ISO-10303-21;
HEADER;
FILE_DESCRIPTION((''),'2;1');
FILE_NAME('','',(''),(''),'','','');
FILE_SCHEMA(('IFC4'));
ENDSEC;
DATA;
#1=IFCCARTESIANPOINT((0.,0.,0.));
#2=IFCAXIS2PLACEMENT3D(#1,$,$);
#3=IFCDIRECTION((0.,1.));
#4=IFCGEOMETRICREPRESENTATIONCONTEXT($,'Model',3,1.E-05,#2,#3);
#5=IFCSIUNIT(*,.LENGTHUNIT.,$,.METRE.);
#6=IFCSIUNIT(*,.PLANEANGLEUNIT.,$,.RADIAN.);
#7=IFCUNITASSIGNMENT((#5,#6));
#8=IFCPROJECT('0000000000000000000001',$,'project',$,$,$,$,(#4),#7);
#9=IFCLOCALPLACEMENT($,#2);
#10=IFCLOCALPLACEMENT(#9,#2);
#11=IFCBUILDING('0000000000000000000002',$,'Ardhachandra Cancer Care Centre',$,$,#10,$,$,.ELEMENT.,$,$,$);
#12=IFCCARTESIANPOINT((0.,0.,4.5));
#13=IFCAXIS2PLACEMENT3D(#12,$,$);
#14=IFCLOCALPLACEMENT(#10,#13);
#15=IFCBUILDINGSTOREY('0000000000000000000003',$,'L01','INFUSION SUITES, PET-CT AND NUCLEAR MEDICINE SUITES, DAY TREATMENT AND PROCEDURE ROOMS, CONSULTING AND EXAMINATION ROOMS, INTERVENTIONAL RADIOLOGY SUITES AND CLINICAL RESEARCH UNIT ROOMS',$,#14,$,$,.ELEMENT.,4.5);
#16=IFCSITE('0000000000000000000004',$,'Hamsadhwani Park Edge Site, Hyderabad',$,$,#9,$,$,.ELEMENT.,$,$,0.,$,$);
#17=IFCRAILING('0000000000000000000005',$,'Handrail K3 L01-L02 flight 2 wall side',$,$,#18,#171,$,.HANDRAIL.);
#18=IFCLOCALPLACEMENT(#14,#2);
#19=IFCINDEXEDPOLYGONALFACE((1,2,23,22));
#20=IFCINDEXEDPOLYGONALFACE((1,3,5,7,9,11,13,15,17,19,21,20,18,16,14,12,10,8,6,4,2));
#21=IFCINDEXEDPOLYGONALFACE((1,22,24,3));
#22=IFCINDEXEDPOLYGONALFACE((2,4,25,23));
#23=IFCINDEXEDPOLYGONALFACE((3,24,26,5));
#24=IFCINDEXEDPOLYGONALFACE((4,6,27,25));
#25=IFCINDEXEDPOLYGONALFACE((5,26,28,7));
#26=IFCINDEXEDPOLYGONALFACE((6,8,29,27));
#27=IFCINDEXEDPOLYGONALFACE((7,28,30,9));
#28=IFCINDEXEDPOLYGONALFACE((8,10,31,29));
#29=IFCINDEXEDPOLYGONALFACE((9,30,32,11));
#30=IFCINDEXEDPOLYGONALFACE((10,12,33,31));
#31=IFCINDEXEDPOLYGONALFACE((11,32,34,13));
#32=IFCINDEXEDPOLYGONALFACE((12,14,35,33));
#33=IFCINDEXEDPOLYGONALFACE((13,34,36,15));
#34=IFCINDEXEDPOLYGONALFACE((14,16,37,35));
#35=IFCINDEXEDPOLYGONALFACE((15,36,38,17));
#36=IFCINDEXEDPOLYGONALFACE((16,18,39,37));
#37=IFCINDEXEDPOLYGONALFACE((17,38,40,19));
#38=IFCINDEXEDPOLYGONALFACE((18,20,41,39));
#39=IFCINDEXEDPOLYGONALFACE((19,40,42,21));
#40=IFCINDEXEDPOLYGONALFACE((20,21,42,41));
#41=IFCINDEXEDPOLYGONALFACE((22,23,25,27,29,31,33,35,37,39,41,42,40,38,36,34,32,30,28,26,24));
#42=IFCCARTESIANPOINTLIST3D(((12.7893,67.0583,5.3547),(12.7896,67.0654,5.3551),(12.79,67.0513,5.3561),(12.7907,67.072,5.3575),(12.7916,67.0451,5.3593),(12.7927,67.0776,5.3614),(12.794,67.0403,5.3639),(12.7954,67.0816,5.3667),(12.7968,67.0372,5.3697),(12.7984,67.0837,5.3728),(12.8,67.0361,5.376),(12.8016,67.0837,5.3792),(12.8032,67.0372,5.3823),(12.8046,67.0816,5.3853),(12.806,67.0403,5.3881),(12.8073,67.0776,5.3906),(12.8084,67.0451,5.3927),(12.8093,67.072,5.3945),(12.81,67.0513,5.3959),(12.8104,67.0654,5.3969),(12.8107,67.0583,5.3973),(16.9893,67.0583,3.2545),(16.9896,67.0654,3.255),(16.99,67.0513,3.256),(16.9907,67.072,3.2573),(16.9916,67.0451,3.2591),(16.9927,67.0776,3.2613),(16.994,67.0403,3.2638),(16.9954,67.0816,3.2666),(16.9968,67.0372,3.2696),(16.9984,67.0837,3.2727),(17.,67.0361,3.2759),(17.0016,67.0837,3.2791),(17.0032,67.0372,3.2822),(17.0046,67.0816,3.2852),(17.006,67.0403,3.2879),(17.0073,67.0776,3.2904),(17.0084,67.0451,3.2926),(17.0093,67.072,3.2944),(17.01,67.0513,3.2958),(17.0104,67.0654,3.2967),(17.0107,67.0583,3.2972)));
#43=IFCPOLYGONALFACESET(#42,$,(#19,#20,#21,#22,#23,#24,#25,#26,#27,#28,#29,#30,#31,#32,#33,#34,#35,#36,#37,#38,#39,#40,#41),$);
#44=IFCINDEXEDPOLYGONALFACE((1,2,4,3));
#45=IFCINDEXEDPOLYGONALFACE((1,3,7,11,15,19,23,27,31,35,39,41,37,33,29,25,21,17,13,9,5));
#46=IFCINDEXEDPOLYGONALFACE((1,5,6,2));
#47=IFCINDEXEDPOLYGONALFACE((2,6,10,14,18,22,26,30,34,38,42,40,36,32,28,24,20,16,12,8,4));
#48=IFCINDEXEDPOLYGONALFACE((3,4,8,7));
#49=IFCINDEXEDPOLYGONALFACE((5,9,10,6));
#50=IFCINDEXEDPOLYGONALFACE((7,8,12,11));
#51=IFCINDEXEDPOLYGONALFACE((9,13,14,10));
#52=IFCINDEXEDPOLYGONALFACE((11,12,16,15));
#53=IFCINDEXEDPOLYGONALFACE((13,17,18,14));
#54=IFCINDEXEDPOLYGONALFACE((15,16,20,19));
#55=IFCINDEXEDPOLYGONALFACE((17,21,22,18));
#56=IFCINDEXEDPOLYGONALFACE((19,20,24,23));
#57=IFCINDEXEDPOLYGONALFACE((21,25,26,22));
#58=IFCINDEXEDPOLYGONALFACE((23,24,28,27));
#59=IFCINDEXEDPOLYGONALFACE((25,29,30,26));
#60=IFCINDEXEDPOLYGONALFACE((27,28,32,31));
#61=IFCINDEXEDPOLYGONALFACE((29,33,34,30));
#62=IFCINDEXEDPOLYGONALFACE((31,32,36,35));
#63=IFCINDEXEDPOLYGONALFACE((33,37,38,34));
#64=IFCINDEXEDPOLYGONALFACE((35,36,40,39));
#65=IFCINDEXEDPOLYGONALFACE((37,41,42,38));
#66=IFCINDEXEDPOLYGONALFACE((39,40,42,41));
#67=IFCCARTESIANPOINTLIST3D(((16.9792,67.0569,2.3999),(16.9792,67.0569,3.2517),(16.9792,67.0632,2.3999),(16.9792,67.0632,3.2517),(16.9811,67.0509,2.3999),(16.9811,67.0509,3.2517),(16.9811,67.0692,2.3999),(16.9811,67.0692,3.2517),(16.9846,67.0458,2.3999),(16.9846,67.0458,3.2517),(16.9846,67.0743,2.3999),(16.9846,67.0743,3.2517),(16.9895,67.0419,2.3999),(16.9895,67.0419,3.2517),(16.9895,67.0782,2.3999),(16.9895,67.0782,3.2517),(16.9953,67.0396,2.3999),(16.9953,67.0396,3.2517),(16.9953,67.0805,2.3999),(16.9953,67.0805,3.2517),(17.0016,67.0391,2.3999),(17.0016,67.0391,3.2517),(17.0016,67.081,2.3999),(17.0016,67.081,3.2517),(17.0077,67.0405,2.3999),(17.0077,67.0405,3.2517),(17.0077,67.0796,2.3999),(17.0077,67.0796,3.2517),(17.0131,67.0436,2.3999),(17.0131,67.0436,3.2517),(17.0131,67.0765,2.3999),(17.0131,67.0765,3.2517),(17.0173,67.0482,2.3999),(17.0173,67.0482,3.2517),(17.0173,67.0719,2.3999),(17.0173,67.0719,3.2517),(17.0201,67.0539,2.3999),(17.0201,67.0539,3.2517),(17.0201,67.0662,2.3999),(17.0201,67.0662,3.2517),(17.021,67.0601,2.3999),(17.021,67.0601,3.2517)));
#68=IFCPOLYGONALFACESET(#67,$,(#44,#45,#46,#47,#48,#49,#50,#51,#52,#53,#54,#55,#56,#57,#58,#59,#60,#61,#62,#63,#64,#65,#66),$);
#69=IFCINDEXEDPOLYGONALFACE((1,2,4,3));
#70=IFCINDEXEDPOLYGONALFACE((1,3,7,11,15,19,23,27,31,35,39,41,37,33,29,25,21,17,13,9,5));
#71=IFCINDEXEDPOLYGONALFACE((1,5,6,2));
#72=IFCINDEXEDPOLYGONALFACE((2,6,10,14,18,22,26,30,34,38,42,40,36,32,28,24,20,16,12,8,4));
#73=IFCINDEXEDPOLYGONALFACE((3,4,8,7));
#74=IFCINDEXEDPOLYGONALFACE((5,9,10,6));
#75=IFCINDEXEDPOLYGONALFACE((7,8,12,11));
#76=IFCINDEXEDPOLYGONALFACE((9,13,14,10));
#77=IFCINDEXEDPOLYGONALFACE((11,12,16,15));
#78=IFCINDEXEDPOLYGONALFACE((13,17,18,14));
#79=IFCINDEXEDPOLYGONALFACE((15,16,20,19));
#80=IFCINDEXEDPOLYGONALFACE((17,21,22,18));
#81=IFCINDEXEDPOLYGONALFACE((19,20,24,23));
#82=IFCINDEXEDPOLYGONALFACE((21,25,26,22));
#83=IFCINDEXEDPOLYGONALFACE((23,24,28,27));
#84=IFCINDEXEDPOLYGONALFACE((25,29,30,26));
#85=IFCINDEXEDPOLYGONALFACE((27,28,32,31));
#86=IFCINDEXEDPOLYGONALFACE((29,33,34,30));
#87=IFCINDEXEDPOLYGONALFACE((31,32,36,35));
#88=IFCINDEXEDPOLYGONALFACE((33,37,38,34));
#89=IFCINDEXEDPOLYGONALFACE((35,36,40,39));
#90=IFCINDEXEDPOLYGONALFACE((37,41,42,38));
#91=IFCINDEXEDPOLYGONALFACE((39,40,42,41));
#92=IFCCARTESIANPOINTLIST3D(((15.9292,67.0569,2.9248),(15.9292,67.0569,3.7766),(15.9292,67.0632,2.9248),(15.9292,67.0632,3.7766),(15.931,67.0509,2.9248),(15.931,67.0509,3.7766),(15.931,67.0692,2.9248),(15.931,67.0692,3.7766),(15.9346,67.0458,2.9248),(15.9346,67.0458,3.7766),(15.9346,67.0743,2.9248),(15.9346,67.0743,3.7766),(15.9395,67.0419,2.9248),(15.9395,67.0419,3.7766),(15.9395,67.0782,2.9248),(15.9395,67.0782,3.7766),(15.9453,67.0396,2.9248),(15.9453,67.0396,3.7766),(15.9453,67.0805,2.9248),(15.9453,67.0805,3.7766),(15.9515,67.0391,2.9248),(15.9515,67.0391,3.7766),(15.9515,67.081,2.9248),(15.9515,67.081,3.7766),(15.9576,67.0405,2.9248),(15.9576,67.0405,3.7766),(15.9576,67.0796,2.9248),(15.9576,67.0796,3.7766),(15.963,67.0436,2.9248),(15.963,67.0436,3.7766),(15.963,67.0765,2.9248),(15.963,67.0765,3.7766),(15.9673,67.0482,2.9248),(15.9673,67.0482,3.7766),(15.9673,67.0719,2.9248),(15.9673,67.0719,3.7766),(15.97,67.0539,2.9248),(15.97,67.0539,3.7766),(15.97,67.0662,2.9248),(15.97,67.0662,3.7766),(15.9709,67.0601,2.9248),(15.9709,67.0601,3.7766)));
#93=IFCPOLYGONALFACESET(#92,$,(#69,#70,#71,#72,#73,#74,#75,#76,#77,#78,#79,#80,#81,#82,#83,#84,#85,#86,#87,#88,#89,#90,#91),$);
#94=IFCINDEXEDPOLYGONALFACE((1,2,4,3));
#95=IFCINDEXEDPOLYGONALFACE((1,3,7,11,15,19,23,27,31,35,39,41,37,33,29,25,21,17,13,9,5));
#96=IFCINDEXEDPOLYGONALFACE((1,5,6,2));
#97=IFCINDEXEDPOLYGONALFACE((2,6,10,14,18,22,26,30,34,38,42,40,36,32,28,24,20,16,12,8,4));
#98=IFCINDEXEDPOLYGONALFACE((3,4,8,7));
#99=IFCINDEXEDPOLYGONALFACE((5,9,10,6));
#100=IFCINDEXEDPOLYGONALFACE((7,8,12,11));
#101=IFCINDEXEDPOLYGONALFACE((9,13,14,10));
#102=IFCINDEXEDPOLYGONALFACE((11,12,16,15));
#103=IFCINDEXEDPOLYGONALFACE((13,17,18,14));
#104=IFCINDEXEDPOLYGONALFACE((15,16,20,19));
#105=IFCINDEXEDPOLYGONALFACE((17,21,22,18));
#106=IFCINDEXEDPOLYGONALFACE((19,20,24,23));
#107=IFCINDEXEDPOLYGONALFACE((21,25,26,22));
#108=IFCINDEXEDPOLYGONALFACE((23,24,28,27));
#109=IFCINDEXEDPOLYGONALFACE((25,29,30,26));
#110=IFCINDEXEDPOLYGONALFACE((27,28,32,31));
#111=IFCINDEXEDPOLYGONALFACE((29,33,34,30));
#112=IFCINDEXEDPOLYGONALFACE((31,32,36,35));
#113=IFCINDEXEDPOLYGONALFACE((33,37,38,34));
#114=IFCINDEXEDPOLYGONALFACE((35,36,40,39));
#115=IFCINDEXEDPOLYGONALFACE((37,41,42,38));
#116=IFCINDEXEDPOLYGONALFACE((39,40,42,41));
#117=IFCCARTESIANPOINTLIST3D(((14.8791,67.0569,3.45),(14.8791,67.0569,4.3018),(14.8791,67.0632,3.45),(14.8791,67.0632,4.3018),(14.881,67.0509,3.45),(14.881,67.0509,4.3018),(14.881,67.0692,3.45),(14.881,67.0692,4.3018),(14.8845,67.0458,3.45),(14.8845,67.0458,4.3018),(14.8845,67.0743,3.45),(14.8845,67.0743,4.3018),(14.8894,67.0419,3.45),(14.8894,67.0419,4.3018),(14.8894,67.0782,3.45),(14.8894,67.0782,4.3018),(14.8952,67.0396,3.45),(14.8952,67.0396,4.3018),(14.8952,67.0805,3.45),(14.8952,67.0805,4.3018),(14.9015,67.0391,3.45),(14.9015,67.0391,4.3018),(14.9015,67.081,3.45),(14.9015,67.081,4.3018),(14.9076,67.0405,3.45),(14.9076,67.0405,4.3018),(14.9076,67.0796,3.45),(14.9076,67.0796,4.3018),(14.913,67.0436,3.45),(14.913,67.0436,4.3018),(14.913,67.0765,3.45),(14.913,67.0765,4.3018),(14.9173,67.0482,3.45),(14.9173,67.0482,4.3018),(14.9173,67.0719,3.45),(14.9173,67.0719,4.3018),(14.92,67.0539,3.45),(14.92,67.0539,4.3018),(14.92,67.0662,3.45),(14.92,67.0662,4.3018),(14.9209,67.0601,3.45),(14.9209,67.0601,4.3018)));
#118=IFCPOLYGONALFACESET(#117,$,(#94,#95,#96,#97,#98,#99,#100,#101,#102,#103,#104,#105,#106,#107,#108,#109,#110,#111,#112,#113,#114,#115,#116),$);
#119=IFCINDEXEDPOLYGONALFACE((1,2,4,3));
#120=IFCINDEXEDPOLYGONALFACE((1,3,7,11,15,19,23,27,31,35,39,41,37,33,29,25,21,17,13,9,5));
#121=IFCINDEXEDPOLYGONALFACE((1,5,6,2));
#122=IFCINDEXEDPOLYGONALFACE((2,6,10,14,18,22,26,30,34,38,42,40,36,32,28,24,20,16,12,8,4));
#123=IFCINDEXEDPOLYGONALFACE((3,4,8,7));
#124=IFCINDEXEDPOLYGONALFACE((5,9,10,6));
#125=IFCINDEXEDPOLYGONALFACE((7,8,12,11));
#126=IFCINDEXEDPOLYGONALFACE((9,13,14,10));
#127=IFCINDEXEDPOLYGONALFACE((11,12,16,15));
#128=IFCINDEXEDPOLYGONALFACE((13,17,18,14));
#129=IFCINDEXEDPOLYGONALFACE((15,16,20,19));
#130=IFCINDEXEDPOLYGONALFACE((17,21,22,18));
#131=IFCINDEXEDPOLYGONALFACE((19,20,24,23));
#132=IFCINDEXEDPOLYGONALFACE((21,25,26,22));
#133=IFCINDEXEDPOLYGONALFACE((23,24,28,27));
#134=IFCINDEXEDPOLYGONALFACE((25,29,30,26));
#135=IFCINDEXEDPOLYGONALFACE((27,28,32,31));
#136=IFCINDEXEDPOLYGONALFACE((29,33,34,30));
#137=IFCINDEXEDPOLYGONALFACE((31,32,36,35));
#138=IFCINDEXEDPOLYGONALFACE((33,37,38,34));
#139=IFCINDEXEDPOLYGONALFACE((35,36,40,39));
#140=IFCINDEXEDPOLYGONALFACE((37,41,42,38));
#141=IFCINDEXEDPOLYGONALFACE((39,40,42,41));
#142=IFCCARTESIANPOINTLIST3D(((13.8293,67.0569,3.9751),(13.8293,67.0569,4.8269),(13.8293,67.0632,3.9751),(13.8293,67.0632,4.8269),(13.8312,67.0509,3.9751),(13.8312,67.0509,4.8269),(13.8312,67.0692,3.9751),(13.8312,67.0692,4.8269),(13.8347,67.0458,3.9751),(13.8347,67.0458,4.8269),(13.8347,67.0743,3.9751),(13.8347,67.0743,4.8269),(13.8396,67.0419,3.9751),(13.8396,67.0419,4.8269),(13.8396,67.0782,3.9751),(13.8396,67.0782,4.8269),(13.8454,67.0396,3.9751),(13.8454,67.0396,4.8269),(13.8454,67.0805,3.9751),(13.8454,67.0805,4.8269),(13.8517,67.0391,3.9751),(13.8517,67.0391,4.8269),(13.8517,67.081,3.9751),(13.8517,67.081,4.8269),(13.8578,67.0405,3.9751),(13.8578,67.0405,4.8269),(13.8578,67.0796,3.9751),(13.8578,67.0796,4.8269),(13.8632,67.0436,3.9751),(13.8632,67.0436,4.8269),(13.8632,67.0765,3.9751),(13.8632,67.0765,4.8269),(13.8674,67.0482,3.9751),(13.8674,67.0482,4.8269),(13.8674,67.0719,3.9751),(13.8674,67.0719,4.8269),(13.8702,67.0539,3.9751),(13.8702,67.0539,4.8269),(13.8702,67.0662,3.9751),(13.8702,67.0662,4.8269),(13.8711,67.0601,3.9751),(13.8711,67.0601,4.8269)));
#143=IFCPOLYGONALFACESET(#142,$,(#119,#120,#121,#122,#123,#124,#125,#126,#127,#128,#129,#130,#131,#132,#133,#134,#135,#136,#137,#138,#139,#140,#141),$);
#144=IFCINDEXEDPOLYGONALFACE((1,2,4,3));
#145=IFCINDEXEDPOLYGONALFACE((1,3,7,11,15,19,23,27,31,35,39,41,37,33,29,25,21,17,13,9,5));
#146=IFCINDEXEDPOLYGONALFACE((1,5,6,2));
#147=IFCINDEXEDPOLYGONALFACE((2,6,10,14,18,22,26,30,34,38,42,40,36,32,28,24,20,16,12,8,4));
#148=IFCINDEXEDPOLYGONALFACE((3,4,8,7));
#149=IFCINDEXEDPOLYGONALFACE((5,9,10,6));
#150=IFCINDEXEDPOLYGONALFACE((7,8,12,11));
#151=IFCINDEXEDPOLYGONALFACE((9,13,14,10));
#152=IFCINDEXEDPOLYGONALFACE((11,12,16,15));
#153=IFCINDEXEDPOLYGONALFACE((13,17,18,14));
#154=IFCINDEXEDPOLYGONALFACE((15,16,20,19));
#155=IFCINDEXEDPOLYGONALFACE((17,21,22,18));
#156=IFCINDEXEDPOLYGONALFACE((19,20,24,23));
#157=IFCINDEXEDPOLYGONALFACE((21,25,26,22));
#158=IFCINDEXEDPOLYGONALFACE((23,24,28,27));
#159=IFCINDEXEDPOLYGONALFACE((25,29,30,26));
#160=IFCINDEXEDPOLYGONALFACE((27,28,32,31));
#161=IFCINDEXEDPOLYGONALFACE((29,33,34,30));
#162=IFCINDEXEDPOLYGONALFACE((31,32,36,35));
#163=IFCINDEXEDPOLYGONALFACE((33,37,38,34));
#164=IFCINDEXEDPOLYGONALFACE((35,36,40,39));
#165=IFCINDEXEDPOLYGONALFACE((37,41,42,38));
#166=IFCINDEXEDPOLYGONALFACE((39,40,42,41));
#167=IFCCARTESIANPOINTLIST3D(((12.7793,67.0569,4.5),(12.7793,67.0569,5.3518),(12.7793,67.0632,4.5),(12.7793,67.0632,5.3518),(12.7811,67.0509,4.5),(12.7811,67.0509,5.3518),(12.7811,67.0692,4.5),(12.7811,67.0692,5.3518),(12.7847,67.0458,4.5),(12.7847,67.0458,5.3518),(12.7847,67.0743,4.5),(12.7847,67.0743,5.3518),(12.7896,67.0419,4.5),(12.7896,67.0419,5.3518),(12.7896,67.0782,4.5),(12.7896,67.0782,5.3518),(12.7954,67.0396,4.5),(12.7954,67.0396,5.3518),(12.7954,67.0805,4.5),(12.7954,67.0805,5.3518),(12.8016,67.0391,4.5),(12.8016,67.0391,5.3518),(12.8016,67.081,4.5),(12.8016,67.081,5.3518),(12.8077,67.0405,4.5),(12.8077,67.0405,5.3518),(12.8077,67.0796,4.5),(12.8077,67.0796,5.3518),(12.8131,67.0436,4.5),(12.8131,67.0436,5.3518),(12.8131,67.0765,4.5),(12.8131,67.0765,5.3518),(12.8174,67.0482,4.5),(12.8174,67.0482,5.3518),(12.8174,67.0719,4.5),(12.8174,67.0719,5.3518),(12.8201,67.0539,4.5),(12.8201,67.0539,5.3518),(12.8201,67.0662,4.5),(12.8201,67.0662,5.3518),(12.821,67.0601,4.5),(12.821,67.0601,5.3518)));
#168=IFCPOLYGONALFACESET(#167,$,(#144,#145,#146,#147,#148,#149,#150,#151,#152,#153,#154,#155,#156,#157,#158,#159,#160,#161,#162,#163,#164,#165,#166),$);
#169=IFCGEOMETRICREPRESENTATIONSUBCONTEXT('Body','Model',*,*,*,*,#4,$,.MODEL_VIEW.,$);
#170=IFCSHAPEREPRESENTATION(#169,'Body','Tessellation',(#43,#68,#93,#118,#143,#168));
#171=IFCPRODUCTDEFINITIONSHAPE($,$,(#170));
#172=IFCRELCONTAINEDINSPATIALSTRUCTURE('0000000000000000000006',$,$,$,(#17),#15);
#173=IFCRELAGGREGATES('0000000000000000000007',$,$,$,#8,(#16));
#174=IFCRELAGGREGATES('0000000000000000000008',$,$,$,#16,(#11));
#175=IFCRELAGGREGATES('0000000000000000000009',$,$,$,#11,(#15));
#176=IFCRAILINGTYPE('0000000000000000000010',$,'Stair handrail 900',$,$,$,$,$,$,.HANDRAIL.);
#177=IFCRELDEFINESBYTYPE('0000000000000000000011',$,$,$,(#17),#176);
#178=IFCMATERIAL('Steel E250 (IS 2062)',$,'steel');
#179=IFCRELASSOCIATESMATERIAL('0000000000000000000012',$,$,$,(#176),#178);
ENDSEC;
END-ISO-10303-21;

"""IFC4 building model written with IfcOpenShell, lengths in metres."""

from ifc_helpers import new_model, si_unit, direction, frame, origin, origin_2d, place, context, subcontext, project, spatial, circle, extrude, material, type_object, element, save


model = new_model("IFC4")

# Units and contexts
model_context = context("Model", 3, precision=1e-05, world=origin(), true_north=direction((0.0, 1.0)))
body_context = subcontext(model_context, "Body", "Model", "MODEL_VIEW")
ifc_project = project(units=[si_unit("LENGTHUNIT", "METRE"), si_unit("PLANEANGLEUNIT", "RADIAN")], contexts=[model_context])

# Site, building, storey
site_placement = place(None, origin())
site = spatial("IfcSite", under=ifc_project, at=site_placement, Name="Hamsadhwani Park Edge Site, Hyderabad", CompositionType="ELEMENT", RefElevation=0.0)
building_placement = place(site_placement, origin())
building = spatial("IfcBuilding", under=site, at=building_placement, Name="Ardhachandra Cancer Care Centre", CompositionType="ELEMENT")
storey_placement = place(building_placement, frame((0.0, 0.0, 4.5)))
storey = spatial("IfcBuildingStorey", under=building, at=storey_placement, Name="L01", Description="INFUSION SUITES, PET-CT AND NUCLEAR MEDICINE SUITES, DAY TREATMENT AND PROCEDURE ROOMS, CONSULTING AND EXAMINATION ROOMS, INTERVENTIONAL RADIOLOGY SUITES AND CLINICAL RESEARCH UNIT ROOMS", CompositionType="ELEMENT", Elevation=4.5)

# Railing
ifc_material_1 = material(Name="Steel E250 (IS 2062)", Category="steel")
railing_type_1 = type_object("IfcRailingType", Name="Stair handrail 900", PredefinedType="HANDRAIL", material=ifc_material_1)
for number, where, name in (
    (1, (17.0, 67.0601, 2.3999), "Handrail K3 L01-L02 flight 2 wall side"),
):
    element("IfcRailing", number, at=place(storey_placement, frame(where)), inside=storey, type_object=railing_type_1, Name=name, PredefinedType="HANDRAIL", context=body_context, shape_type="SweptSolid", body=[
        extrude(circle(Radius=0.0239, at=origin_2d()), frame((0.0, 0.0, 0.876), z_axis=(-0.894417, 0.0, 0.447234), x_axis=(0.0, -1.0, 0.0)), (0.0, 0.0, 1.0), 4.6958),
        extrude(circle(Radius=0.021, at=origin_2d()), origin(), (0.0, 0.0, 1.0), 0.8518),
        extrude(circle(Radius=0.021, at=origin_2d()), frame((-1.05, 0.0, 0.5249)), (0.0, 0.0, 1.0), 0.8518),
        extrude(circle(Radius=0.021, at=origin_2d()), frame((-2.1001, 0.0, 1.05)), (0.0, 0.0, 1.0), 0.8518),
        extrude(circle(Radius=0.021, at=origin_2d()), frame((-3.1499, 0.0, 1.5752)), (0.0, 0.0, 1.0), 0.8518),
        extrude(circle(Radius=0.021, at=origin_2d()), frame((-4.2, 0.0, 2.1001)), (0.0, 0.0, 1.0), 0.8518),
    ])

save(model, "model.ifc")
